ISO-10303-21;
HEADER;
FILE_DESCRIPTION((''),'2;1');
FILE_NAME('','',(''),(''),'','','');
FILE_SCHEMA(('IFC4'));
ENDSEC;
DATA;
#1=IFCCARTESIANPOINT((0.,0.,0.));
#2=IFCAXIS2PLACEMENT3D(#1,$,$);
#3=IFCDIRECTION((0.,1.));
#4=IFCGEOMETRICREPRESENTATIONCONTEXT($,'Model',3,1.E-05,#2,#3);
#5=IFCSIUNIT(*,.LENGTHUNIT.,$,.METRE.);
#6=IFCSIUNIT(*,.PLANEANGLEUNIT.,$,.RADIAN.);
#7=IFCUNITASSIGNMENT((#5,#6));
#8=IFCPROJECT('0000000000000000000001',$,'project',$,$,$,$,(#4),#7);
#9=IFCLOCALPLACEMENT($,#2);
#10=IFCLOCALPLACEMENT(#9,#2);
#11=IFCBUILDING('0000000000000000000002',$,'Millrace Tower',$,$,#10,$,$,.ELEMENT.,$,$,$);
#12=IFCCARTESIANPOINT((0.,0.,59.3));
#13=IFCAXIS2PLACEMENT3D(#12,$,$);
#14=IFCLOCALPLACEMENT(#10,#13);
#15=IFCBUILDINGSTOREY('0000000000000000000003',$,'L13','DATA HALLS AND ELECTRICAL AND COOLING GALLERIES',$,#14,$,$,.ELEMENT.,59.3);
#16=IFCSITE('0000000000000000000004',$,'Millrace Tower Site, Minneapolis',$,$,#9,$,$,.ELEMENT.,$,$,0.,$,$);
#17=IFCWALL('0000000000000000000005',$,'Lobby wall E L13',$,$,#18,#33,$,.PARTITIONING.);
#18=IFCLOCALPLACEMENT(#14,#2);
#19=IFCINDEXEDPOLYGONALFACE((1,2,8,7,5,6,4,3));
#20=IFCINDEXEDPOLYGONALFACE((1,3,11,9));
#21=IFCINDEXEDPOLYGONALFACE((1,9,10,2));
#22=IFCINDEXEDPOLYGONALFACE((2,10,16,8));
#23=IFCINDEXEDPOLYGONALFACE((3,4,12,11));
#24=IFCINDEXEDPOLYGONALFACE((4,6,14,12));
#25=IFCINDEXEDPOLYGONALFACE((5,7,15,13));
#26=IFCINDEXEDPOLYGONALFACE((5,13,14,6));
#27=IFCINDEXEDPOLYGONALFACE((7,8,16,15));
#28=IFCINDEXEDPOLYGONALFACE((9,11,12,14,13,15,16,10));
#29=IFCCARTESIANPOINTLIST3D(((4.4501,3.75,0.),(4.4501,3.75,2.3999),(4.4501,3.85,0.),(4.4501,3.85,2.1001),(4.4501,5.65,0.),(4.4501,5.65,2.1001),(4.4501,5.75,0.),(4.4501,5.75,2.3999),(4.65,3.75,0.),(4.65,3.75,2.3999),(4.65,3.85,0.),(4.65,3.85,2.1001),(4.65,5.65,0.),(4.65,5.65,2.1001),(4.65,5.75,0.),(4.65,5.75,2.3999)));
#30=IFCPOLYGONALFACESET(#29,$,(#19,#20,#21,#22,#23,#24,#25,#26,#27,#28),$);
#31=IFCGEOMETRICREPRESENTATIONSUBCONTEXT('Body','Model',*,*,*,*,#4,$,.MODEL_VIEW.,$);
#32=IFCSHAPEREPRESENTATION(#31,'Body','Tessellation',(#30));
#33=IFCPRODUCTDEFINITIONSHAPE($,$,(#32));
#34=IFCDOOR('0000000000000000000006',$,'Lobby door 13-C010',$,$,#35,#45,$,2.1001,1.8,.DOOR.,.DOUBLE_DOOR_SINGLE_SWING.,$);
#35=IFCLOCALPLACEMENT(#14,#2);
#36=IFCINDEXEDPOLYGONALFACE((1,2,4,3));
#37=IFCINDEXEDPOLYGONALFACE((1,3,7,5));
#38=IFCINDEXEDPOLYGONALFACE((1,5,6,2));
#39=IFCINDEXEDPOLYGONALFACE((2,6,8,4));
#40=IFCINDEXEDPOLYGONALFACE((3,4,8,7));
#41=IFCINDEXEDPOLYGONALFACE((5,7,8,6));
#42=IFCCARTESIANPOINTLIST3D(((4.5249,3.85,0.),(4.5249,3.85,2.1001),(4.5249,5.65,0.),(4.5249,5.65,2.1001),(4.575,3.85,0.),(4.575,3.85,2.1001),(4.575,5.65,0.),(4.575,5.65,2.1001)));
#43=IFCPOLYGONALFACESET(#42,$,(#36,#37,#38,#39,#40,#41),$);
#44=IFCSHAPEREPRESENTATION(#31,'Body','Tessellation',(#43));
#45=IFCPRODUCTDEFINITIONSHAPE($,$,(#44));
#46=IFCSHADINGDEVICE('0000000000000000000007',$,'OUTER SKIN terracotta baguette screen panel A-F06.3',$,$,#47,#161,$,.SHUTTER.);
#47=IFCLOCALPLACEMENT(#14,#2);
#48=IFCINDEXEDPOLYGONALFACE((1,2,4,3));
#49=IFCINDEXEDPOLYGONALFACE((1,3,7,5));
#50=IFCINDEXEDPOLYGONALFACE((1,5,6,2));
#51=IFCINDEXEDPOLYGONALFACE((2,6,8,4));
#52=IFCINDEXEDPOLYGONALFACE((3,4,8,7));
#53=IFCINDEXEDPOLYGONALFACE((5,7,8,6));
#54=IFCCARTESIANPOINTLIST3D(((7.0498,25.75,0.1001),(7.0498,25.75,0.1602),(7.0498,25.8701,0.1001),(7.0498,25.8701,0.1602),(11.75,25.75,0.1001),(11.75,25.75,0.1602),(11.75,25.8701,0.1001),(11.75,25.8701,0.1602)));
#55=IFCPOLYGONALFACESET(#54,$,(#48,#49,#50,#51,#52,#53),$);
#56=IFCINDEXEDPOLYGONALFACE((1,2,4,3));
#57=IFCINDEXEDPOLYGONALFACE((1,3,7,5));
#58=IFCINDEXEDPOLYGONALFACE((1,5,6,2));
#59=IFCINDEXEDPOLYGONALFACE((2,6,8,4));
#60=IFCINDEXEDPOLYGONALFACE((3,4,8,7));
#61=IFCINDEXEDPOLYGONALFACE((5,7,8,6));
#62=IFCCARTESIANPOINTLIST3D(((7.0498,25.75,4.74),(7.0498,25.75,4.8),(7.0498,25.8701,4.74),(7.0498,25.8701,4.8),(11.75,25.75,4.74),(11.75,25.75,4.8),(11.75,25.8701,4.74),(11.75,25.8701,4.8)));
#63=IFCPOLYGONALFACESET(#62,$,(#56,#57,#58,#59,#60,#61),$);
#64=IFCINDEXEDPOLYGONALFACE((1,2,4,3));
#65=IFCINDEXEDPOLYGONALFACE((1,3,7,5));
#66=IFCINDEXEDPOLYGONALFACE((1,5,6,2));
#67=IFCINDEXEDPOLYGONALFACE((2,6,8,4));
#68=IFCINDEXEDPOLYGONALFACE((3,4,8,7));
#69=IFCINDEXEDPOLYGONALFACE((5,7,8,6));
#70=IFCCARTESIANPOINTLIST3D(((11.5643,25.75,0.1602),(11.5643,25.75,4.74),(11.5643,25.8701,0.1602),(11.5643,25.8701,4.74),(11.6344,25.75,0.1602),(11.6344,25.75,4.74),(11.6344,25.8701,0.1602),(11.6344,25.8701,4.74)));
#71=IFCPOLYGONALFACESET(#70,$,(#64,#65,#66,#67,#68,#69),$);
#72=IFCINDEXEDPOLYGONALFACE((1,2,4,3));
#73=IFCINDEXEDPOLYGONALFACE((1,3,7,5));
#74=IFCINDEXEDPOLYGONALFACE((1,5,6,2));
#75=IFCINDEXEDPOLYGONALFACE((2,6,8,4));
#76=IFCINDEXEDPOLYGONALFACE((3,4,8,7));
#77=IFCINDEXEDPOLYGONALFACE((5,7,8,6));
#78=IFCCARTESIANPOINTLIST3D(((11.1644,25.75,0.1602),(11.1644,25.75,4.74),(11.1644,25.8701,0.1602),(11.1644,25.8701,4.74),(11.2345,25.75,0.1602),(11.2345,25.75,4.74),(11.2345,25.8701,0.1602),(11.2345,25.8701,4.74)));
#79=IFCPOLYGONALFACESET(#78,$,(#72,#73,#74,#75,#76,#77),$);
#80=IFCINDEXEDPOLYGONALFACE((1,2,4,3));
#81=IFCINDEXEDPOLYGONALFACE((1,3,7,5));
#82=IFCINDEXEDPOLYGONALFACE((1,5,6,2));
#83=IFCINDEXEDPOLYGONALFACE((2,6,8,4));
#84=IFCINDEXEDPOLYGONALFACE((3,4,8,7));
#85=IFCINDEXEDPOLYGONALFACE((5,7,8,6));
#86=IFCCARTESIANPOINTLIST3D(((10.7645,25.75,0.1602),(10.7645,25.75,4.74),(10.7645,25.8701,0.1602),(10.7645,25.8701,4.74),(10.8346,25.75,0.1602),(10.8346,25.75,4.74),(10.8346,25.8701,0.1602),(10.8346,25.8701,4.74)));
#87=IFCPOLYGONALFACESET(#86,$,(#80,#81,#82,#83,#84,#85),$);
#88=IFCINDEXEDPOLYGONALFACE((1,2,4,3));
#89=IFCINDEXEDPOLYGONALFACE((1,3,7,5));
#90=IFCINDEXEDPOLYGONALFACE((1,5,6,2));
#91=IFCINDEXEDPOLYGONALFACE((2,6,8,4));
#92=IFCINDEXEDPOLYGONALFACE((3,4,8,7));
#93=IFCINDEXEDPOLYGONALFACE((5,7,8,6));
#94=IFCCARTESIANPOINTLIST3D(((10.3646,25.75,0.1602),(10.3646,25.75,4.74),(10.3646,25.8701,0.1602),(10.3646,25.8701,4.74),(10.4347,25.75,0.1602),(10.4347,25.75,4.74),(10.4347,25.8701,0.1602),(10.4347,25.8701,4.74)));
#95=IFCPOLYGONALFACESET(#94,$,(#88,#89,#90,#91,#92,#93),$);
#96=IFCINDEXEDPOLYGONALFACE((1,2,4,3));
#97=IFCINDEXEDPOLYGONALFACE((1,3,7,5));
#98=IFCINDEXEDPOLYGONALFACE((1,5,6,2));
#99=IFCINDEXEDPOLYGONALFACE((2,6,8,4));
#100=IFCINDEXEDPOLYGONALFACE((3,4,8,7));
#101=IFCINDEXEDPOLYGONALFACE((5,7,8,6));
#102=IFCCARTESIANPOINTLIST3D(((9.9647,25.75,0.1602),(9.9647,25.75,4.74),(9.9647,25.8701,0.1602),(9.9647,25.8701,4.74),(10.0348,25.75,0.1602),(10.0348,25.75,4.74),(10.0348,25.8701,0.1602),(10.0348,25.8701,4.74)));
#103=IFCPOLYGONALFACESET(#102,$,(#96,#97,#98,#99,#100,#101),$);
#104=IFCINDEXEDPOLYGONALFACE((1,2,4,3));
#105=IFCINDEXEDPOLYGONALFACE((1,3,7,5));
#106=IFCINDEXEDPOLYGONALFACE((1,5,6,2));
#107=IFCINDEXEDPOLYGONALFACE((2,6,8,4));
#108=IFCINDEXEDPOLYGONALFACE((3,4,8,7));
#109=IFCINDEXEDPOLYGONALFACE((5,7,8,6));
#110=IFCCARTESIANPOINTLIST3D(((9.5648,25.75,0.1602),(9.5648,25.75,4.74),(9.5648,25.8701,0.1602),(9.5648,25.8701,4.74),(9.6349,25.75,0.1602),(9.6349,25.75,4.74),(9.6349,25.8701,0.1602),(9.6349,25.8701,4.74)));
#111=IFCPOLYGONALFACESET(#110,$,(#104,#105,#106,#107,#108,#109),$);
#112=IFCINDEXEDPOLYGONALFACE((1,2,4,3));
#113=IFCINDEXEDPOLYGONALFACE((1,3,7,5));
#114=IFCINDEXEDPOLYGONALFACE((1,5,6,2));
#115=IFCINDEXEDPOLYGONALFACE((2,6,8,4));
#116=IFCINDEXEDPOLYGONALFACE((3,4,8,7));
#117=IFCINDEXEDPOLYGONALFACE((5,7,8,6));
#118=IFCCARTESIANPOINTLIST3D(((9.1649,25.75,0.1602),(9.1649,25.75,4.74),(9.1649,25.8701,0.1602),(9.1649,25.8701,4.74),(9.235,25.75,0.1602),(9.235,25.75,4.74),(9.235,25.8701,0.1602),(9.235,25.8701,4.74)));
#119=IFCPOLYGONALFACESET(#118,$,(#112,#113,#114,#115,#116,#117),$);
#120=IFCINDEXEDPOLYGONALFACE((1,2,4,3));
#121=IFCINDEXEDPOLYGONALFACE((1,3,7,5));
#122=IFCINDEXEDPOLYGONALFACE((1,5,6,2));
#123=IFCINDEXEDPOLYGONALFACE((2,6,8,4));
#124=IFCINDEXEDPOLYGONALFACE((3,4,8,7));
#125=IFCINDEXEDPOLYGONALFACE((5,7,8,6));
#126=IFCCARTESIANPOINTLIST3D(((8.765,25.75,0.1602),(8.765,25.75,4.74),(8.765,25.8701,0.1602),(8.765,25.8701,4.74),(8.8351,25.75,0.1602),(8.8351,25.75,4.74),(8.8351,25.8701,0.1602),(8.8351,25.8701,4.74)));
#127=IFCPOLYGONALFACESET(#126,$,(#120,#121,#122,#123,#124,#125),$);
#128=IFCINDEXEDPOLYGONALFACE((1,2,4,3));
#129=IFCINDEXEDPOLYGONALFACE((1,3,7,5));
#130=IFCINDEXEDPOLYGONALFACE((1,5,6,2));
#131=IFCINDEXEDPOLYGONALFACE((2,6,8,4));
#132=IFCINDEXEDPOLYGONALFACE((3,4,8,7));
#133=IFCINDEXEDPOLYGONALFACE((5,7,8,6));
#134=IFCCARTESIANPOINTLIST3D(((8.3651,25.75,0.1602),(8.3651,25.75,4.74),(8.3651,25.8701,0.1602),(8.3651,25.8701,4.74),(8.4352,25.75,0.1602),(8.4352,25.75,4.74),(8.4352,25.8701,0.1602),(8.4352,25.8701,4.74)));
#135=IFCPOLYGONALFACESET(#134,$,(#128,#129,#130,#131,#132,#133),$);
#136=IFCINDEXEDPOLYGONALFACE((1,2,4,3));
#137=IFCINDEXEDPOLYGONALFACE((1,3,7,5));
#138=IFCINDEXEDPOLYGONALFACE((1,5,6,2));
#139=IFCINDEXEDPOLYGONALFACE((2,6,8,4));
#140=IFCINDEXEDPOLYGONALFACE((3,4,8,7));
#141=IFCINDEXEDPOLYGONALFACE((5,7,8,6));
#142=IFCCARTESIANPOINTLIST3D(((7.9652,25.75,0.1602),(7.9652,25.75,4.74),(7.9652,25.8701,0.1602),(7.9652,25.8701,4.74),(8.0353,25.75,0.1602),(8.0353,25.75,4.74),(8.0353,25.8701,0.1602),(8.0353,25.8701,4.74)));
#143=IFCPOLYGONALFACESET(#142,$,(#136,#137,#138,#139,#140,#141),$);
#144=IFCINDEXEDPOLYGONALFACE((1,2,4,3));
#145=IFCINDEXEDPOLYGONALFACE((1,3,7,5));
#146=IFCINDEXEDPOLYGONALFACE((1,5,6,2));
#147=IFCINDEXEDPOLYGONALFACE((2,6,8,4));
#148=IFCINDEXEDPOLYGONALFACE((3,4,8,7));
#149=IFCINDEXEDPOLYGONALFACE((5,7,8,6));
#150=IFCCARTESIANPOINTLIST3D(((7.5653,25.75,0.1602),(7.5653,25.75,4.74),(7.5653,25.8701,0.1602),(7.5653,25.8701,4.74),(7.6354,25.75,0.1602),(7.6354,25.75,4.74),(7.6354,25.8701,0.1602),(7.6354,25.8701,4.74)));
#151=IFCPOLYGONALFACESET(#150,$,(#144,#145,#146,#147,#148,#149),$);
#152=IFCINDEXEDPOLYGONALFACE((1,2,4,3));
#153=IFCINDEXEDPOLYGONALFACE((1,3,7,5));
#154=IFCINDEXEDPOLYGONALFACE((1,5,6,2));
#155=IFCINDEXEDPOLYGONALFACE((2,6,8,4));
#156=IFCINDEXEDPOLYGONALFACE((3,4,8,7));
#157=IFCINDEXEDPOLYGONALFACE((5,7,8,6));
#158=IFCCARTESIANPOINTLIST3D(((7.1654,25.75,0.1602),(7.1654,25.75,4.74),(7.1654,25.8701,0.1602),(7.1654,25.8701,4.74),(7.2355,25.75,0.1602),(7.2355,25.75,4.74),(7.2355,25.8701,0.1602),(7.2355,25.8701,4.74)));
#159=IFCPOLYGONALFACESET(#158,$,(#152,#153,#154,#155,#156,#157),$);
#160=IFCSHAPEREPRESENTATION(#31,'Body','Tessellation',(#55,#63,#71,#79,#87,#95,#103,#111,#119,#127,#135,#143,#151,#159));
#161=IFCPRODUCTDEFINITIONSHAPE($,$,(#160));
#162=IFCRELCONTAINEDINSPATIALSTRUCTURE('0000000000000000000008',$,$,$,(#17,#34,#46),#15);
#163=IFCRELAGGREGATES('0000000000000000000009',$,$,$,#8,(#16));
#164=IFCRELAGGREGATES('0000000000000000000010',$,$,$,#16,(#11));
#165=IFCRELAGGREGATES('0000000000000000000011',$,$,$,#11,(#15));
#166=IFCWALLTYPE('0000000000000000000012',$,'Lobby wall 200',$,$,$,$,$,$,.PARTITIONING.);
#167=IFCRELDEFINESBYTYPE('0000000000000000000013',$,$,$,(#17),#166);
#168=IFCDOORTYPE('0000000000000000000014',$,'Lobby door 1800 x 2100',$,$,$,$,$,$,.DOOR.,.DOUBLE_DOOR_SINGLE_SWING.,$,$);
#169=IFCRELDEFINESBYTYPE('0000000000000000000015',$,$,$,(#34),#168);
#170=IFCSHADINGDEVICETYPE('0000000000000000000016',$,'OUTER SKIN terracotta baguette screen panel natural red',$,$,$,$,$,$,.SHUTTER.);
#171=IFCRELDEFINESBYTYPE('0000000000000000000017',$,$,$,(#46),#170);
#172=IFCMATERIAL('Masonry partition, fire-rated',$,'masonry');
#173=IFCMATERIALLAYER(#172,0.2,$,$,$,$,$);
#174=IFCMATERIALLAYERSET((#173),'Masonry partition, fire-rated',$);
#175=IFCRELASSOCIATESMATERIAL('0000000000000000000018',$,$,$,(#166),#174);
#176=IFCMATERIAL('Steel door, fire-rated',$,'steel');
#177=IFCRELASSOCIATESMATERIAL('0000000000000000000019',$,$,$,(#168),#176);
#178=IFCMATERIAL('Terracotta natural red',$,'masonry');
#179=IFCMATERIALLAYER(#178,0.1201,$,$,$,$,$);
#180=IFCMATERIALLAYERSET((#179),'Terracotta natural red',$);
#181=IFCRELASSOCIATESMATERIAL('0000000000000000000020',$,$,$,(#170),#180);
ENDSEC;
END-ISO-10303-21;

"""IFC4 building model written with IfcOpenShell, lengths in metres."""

from ifc_helpers import new_model, entity, si_unit, direction, frame, frame_2d, origin, place, context, subcontext, project, spatial, rectangle, extrude, source, transform, mapped, material, layer, layer_set, type_object, element, fill, save


model = new_model("IFC4")

# Units and contexts
model_context = context("Model", 3, precision=1e-05, world=origin(), true_north=direction((0.0, 1.0)))
body_context = subcontext(model_context, "Body", "Model", "MODEL_VIEW")
ifc_project = project(units=[si_unit("LENGTHUNIT", "METRE"), si_unit("PLANEANGLEUNIT", "RADIAN")], contexts=[model_context])

# Site, building, storey
site_placement = place(None, origin())
site = spatial("IfcSite", under=ifc_project, at=site_placement, Name="Millrace Tower Site, Minneapolis", CompositionType="ELEMENT", RefElevation=0.0)
building_placement = place(site_placement, origin())
building = spatial("IfcBuilding", under=site, at=building_placement, Name="Millrace Tower", CompositionType="ELEMENT")
storey_placement = place(building_placement, frame((0.0, 0.0, 59.3)))
storey = spatial("IfcBuildingStorey", under=building, at=storey_placement, Name="L13", Description="DATA HALLS AND ELECTRICAL AND COOLING GALLERIES", CompositionType="ELEMENT", Elevation=59.3)

# Wall, opening, door
ifc_material_1 = material(Name="Masonry partition, fire-rated", Category="masonry")
ifc_layer_1 = layer(ifc_material_1, 0.2)
ifc_layer_set_1 = layer_set([ifc_layer_1], Name="Masonry partition, fire-rated")
wall_type_1 = type_object("IfcWallType", Name="Lobby wall 200", PredefinedType="PARTITIONING", material=ifc_layer_set_1)
wall_1_placement = place(storey_placement, frame((4.55, 5.75, 0.0), z_axis=(0.0, 0.0, 1.0), x_axis=(0.0, -1.0, 0.0)))
wall_1 = element("IfcWall", 1, at=wall_1_placement, inside=storey, type_object=wall_type_1, Name="Lobby wall E L13", PredefinedType="PARTITIONING", context=body_context, shape_type="SweptSolid", body=[
    extrude(rectangle(XDim=2.0, YDim=0.2, at=frame_2d((1.0, 0.0))), origin(), (0.0, 0.0, 1.0), 2.3999),
])
opening_1_placement = place(wall_1_placement, frame((0.1001, 0.0, 0.0)))
opening_1 = element("IfcOpeningElement", 2, at=opening_1_placement, cuts=wall_1, PredefinedType="OPENING", context=body_context, shape_type="SweptSolid", body=[
    extrude(rectangle(XDim=1.8, YDim=2.1001, at=frame_2d((0.8999, 1.05))), frame((0.0, 0.1099, 0.0), z_axis=(0.0, -1.0, 0.0), x_axis=(1.0, 0.0, 0.0)), (0.0, 0.0, 1.0), 0.22),
])
ifc_material_2 = material(Name="Steel door, fire-rated", Category="steel")
door_type_1 = type_object("IfcDoorType", Name="Lobby door 1800 x 2100", OperationType="DOUBLE_DOOR_SINGLE_SWING", PredefinedType="DOOR", material=ifc_material_2)
door_1_placement = place(opening_1_placement, origin())
door_1 = element("IfcDoor", 3, at=door_1_placement, inside=storey, type_object=door_type_1, Name="Lobby door 13-C010", OperationType="DOUBLE_DOOR_SINGLE_SWING", OverallHeight=2.1001, OverallWidth=1.8, PredefinedType="DOOR", context=body_context, shape_type="SweptSolid", body=[
    extrude(rectangle(XDim=1.8, YDim=2.1001, at=frame_2d((0.8999, 1.05))), frame((0.0, 0.0249, 0.0), z_axis=(0.0, -1.0, 0.0), x_axis=(1.0, 0.0, 0.0)), (0.0, 0.0, 1.0), 0.05),
])
fill(opening_1, door_1)

# Shading device
cartesian_point = entity("IfcCartesianPoint", [-2.3501, 0.0601])
shared_polyline = entity("IfcPolyline", [cartesian_point, entity("IfcCartesianPoint", [2.3501, 0.0601]), entity("IfcCartesianPoint", [2.3501, -0.0601]), entity("IfcCartesianPoint", [-2.3501, -0.0601]), cartesian_point])
ifc_material_3 = material(Name="Terracotta natural red", Category="masonry")
ifc_layer_2 = layer(ifc_material_3, 0.1201)
ifc_layer_set_2 = layer_set([ifc_layer_2], Name="Terracotta natural red")
shading_device_type_1 = type_object("IfcShadingDeviceType", Name="OUTER SKIN terracotta baguette screen panel natural red", PredefinedType="SHUTTER", material=ifc_layer_set_2)
shared_shape_1 = source(origin(), body_context, "Body", "SweptSolid", [
    entity("IfcExtrudedAreaSolid", entity("IfcArbitraryClosedProfileDef", "AREA", None, shared_polyline), entity("IfcAxis2Placement3D", entity("IfcCartesianPoint", [0.0, 0.0, 0.0])), entity("IfcDirection", [0.0, 0.0, 1.0]), 0.0601),
    entity("IfcExtrudedAreaSolid", entity("IfcArbitraryClosedProfileDef", "AREA", None, shared_polyline), entity("IfcAxis2Placement3D", entity("IfcCartesianPoint", [0.0, 0.0, 4.6399])), entity("IfcDirection", [0.0, 0.0, 1.0]), 0.0601),
    extrude(rectangle(XDim=0.0701, YDim=0.1201, at=frame_2d((-2.1995, 0.0))), frame((0.0, 0.0, 0.0601)), (0.0, 0.0, 1.0), 4.5798),
    extrude(rectangle(XDim=0.0701, YDim=0.1201, at=frame_2d((-1.7996, 0.0))), frame((0.0, 0.0, 0.0601)), (0.0, 0.0, 1.0), 4.5798),
    extrude(rectangle(XDim=0.0701, YDim=0.1201, at=frame_2d((-1.3997, 0.0))), frame((0.0, 0.0, 0.0601)), (0.0, 0.0, 1.0), 4.5798),
    extrude(rectangle(XDim=0.0701, YDim=0.1201, at=frame_2d((-0.9998, 0.0))), frame((0.0, 0.0, 0.0601)), (0.0, 0.0, 1.0), 4.5798),
    extrude(rectangle(XDim=0.0701, YDim=0.1201, at=frame_2d((-0.5999, 0.0))), frame((0.0, 0.0, 0.0601)), (0.0, 0.0, 1.0), 4.5798),
    extrude(rectangle(XDim=0.0701, YDim=0.1201, at=frame_2d((-0.2, 0.0))), frame((0.0, 0.0, 0.0601)), (0.0, 0.0, 1.0), 4.5798),
    extrude(rectangle(XDim=0.0701, YDim=0.1201, at=frame_2d((0.2, 0.0))), frame((0.0, 0.0, 0.0601)), (0.0, 0.0, 1.0), 4.5798),
    extrude(rectangle(XDim=0.0701, YDim=0.1201, at=frame_2d((0.5999, 0.0))), frame((0.0, 0.0, 0.0601)), (0.0, 0.0, 1.0), 4.5798),
    extrude(rectangle(XDim=0.0701, YDim=0.1201, at=frame_2d((0.9998, 0.0))), frame((0.0, 0.0, 0.0601)), (0.0, 0.0, 1.0), 4.5798),
    extrude(rectangle(XDim=0.0701, YDim=0.1201, at=frame_2d((1.3997, 0.0))), frame((0.0, 0.0, 0.0601)), (0.0, 0.0, 1.0), 4.5798),
    extrude(rectangle(XDim=0.0701, YDim=0.1201, at=frame_2d((1.7996, 0.0))), frame((0.0, 0.0, 0.0601)), (0.0, 0.0, 1.0), 4.5798),
    extrude(rectangle(XDim=0.0701, YDim=0.1201, at=frame_2d((2.1995, 0.0))), frame((0.0, 0.0, 0.0601)), (0.0, 0.0, 1.0), 4.5798),
])
for number, where, z_axis, x_axis, name in (
    (4, (9.3999, 25.8101, 0.1001), (0.0, 0.0, 1.0), (-1.0, 0.0, 0.0), "OUTER SKIN terracotta baguette screen panel A-F06.3"),
):
    element("IfcShadingDevice", number, at=place(storey_placement, frame(where, z_axis=z_axis, x_axis=x_axis)), inside=storey, type_object=shading_device_type_1, Name=name, PredefinedType="SHUTTER", context=body_context, shape_type="MappedRepresentation", body=[
        mapped(shared_shape_1, transform((0.0, 0.0, 0.0), scale=1.0)),
    ])

save(model, "model.ifc")
